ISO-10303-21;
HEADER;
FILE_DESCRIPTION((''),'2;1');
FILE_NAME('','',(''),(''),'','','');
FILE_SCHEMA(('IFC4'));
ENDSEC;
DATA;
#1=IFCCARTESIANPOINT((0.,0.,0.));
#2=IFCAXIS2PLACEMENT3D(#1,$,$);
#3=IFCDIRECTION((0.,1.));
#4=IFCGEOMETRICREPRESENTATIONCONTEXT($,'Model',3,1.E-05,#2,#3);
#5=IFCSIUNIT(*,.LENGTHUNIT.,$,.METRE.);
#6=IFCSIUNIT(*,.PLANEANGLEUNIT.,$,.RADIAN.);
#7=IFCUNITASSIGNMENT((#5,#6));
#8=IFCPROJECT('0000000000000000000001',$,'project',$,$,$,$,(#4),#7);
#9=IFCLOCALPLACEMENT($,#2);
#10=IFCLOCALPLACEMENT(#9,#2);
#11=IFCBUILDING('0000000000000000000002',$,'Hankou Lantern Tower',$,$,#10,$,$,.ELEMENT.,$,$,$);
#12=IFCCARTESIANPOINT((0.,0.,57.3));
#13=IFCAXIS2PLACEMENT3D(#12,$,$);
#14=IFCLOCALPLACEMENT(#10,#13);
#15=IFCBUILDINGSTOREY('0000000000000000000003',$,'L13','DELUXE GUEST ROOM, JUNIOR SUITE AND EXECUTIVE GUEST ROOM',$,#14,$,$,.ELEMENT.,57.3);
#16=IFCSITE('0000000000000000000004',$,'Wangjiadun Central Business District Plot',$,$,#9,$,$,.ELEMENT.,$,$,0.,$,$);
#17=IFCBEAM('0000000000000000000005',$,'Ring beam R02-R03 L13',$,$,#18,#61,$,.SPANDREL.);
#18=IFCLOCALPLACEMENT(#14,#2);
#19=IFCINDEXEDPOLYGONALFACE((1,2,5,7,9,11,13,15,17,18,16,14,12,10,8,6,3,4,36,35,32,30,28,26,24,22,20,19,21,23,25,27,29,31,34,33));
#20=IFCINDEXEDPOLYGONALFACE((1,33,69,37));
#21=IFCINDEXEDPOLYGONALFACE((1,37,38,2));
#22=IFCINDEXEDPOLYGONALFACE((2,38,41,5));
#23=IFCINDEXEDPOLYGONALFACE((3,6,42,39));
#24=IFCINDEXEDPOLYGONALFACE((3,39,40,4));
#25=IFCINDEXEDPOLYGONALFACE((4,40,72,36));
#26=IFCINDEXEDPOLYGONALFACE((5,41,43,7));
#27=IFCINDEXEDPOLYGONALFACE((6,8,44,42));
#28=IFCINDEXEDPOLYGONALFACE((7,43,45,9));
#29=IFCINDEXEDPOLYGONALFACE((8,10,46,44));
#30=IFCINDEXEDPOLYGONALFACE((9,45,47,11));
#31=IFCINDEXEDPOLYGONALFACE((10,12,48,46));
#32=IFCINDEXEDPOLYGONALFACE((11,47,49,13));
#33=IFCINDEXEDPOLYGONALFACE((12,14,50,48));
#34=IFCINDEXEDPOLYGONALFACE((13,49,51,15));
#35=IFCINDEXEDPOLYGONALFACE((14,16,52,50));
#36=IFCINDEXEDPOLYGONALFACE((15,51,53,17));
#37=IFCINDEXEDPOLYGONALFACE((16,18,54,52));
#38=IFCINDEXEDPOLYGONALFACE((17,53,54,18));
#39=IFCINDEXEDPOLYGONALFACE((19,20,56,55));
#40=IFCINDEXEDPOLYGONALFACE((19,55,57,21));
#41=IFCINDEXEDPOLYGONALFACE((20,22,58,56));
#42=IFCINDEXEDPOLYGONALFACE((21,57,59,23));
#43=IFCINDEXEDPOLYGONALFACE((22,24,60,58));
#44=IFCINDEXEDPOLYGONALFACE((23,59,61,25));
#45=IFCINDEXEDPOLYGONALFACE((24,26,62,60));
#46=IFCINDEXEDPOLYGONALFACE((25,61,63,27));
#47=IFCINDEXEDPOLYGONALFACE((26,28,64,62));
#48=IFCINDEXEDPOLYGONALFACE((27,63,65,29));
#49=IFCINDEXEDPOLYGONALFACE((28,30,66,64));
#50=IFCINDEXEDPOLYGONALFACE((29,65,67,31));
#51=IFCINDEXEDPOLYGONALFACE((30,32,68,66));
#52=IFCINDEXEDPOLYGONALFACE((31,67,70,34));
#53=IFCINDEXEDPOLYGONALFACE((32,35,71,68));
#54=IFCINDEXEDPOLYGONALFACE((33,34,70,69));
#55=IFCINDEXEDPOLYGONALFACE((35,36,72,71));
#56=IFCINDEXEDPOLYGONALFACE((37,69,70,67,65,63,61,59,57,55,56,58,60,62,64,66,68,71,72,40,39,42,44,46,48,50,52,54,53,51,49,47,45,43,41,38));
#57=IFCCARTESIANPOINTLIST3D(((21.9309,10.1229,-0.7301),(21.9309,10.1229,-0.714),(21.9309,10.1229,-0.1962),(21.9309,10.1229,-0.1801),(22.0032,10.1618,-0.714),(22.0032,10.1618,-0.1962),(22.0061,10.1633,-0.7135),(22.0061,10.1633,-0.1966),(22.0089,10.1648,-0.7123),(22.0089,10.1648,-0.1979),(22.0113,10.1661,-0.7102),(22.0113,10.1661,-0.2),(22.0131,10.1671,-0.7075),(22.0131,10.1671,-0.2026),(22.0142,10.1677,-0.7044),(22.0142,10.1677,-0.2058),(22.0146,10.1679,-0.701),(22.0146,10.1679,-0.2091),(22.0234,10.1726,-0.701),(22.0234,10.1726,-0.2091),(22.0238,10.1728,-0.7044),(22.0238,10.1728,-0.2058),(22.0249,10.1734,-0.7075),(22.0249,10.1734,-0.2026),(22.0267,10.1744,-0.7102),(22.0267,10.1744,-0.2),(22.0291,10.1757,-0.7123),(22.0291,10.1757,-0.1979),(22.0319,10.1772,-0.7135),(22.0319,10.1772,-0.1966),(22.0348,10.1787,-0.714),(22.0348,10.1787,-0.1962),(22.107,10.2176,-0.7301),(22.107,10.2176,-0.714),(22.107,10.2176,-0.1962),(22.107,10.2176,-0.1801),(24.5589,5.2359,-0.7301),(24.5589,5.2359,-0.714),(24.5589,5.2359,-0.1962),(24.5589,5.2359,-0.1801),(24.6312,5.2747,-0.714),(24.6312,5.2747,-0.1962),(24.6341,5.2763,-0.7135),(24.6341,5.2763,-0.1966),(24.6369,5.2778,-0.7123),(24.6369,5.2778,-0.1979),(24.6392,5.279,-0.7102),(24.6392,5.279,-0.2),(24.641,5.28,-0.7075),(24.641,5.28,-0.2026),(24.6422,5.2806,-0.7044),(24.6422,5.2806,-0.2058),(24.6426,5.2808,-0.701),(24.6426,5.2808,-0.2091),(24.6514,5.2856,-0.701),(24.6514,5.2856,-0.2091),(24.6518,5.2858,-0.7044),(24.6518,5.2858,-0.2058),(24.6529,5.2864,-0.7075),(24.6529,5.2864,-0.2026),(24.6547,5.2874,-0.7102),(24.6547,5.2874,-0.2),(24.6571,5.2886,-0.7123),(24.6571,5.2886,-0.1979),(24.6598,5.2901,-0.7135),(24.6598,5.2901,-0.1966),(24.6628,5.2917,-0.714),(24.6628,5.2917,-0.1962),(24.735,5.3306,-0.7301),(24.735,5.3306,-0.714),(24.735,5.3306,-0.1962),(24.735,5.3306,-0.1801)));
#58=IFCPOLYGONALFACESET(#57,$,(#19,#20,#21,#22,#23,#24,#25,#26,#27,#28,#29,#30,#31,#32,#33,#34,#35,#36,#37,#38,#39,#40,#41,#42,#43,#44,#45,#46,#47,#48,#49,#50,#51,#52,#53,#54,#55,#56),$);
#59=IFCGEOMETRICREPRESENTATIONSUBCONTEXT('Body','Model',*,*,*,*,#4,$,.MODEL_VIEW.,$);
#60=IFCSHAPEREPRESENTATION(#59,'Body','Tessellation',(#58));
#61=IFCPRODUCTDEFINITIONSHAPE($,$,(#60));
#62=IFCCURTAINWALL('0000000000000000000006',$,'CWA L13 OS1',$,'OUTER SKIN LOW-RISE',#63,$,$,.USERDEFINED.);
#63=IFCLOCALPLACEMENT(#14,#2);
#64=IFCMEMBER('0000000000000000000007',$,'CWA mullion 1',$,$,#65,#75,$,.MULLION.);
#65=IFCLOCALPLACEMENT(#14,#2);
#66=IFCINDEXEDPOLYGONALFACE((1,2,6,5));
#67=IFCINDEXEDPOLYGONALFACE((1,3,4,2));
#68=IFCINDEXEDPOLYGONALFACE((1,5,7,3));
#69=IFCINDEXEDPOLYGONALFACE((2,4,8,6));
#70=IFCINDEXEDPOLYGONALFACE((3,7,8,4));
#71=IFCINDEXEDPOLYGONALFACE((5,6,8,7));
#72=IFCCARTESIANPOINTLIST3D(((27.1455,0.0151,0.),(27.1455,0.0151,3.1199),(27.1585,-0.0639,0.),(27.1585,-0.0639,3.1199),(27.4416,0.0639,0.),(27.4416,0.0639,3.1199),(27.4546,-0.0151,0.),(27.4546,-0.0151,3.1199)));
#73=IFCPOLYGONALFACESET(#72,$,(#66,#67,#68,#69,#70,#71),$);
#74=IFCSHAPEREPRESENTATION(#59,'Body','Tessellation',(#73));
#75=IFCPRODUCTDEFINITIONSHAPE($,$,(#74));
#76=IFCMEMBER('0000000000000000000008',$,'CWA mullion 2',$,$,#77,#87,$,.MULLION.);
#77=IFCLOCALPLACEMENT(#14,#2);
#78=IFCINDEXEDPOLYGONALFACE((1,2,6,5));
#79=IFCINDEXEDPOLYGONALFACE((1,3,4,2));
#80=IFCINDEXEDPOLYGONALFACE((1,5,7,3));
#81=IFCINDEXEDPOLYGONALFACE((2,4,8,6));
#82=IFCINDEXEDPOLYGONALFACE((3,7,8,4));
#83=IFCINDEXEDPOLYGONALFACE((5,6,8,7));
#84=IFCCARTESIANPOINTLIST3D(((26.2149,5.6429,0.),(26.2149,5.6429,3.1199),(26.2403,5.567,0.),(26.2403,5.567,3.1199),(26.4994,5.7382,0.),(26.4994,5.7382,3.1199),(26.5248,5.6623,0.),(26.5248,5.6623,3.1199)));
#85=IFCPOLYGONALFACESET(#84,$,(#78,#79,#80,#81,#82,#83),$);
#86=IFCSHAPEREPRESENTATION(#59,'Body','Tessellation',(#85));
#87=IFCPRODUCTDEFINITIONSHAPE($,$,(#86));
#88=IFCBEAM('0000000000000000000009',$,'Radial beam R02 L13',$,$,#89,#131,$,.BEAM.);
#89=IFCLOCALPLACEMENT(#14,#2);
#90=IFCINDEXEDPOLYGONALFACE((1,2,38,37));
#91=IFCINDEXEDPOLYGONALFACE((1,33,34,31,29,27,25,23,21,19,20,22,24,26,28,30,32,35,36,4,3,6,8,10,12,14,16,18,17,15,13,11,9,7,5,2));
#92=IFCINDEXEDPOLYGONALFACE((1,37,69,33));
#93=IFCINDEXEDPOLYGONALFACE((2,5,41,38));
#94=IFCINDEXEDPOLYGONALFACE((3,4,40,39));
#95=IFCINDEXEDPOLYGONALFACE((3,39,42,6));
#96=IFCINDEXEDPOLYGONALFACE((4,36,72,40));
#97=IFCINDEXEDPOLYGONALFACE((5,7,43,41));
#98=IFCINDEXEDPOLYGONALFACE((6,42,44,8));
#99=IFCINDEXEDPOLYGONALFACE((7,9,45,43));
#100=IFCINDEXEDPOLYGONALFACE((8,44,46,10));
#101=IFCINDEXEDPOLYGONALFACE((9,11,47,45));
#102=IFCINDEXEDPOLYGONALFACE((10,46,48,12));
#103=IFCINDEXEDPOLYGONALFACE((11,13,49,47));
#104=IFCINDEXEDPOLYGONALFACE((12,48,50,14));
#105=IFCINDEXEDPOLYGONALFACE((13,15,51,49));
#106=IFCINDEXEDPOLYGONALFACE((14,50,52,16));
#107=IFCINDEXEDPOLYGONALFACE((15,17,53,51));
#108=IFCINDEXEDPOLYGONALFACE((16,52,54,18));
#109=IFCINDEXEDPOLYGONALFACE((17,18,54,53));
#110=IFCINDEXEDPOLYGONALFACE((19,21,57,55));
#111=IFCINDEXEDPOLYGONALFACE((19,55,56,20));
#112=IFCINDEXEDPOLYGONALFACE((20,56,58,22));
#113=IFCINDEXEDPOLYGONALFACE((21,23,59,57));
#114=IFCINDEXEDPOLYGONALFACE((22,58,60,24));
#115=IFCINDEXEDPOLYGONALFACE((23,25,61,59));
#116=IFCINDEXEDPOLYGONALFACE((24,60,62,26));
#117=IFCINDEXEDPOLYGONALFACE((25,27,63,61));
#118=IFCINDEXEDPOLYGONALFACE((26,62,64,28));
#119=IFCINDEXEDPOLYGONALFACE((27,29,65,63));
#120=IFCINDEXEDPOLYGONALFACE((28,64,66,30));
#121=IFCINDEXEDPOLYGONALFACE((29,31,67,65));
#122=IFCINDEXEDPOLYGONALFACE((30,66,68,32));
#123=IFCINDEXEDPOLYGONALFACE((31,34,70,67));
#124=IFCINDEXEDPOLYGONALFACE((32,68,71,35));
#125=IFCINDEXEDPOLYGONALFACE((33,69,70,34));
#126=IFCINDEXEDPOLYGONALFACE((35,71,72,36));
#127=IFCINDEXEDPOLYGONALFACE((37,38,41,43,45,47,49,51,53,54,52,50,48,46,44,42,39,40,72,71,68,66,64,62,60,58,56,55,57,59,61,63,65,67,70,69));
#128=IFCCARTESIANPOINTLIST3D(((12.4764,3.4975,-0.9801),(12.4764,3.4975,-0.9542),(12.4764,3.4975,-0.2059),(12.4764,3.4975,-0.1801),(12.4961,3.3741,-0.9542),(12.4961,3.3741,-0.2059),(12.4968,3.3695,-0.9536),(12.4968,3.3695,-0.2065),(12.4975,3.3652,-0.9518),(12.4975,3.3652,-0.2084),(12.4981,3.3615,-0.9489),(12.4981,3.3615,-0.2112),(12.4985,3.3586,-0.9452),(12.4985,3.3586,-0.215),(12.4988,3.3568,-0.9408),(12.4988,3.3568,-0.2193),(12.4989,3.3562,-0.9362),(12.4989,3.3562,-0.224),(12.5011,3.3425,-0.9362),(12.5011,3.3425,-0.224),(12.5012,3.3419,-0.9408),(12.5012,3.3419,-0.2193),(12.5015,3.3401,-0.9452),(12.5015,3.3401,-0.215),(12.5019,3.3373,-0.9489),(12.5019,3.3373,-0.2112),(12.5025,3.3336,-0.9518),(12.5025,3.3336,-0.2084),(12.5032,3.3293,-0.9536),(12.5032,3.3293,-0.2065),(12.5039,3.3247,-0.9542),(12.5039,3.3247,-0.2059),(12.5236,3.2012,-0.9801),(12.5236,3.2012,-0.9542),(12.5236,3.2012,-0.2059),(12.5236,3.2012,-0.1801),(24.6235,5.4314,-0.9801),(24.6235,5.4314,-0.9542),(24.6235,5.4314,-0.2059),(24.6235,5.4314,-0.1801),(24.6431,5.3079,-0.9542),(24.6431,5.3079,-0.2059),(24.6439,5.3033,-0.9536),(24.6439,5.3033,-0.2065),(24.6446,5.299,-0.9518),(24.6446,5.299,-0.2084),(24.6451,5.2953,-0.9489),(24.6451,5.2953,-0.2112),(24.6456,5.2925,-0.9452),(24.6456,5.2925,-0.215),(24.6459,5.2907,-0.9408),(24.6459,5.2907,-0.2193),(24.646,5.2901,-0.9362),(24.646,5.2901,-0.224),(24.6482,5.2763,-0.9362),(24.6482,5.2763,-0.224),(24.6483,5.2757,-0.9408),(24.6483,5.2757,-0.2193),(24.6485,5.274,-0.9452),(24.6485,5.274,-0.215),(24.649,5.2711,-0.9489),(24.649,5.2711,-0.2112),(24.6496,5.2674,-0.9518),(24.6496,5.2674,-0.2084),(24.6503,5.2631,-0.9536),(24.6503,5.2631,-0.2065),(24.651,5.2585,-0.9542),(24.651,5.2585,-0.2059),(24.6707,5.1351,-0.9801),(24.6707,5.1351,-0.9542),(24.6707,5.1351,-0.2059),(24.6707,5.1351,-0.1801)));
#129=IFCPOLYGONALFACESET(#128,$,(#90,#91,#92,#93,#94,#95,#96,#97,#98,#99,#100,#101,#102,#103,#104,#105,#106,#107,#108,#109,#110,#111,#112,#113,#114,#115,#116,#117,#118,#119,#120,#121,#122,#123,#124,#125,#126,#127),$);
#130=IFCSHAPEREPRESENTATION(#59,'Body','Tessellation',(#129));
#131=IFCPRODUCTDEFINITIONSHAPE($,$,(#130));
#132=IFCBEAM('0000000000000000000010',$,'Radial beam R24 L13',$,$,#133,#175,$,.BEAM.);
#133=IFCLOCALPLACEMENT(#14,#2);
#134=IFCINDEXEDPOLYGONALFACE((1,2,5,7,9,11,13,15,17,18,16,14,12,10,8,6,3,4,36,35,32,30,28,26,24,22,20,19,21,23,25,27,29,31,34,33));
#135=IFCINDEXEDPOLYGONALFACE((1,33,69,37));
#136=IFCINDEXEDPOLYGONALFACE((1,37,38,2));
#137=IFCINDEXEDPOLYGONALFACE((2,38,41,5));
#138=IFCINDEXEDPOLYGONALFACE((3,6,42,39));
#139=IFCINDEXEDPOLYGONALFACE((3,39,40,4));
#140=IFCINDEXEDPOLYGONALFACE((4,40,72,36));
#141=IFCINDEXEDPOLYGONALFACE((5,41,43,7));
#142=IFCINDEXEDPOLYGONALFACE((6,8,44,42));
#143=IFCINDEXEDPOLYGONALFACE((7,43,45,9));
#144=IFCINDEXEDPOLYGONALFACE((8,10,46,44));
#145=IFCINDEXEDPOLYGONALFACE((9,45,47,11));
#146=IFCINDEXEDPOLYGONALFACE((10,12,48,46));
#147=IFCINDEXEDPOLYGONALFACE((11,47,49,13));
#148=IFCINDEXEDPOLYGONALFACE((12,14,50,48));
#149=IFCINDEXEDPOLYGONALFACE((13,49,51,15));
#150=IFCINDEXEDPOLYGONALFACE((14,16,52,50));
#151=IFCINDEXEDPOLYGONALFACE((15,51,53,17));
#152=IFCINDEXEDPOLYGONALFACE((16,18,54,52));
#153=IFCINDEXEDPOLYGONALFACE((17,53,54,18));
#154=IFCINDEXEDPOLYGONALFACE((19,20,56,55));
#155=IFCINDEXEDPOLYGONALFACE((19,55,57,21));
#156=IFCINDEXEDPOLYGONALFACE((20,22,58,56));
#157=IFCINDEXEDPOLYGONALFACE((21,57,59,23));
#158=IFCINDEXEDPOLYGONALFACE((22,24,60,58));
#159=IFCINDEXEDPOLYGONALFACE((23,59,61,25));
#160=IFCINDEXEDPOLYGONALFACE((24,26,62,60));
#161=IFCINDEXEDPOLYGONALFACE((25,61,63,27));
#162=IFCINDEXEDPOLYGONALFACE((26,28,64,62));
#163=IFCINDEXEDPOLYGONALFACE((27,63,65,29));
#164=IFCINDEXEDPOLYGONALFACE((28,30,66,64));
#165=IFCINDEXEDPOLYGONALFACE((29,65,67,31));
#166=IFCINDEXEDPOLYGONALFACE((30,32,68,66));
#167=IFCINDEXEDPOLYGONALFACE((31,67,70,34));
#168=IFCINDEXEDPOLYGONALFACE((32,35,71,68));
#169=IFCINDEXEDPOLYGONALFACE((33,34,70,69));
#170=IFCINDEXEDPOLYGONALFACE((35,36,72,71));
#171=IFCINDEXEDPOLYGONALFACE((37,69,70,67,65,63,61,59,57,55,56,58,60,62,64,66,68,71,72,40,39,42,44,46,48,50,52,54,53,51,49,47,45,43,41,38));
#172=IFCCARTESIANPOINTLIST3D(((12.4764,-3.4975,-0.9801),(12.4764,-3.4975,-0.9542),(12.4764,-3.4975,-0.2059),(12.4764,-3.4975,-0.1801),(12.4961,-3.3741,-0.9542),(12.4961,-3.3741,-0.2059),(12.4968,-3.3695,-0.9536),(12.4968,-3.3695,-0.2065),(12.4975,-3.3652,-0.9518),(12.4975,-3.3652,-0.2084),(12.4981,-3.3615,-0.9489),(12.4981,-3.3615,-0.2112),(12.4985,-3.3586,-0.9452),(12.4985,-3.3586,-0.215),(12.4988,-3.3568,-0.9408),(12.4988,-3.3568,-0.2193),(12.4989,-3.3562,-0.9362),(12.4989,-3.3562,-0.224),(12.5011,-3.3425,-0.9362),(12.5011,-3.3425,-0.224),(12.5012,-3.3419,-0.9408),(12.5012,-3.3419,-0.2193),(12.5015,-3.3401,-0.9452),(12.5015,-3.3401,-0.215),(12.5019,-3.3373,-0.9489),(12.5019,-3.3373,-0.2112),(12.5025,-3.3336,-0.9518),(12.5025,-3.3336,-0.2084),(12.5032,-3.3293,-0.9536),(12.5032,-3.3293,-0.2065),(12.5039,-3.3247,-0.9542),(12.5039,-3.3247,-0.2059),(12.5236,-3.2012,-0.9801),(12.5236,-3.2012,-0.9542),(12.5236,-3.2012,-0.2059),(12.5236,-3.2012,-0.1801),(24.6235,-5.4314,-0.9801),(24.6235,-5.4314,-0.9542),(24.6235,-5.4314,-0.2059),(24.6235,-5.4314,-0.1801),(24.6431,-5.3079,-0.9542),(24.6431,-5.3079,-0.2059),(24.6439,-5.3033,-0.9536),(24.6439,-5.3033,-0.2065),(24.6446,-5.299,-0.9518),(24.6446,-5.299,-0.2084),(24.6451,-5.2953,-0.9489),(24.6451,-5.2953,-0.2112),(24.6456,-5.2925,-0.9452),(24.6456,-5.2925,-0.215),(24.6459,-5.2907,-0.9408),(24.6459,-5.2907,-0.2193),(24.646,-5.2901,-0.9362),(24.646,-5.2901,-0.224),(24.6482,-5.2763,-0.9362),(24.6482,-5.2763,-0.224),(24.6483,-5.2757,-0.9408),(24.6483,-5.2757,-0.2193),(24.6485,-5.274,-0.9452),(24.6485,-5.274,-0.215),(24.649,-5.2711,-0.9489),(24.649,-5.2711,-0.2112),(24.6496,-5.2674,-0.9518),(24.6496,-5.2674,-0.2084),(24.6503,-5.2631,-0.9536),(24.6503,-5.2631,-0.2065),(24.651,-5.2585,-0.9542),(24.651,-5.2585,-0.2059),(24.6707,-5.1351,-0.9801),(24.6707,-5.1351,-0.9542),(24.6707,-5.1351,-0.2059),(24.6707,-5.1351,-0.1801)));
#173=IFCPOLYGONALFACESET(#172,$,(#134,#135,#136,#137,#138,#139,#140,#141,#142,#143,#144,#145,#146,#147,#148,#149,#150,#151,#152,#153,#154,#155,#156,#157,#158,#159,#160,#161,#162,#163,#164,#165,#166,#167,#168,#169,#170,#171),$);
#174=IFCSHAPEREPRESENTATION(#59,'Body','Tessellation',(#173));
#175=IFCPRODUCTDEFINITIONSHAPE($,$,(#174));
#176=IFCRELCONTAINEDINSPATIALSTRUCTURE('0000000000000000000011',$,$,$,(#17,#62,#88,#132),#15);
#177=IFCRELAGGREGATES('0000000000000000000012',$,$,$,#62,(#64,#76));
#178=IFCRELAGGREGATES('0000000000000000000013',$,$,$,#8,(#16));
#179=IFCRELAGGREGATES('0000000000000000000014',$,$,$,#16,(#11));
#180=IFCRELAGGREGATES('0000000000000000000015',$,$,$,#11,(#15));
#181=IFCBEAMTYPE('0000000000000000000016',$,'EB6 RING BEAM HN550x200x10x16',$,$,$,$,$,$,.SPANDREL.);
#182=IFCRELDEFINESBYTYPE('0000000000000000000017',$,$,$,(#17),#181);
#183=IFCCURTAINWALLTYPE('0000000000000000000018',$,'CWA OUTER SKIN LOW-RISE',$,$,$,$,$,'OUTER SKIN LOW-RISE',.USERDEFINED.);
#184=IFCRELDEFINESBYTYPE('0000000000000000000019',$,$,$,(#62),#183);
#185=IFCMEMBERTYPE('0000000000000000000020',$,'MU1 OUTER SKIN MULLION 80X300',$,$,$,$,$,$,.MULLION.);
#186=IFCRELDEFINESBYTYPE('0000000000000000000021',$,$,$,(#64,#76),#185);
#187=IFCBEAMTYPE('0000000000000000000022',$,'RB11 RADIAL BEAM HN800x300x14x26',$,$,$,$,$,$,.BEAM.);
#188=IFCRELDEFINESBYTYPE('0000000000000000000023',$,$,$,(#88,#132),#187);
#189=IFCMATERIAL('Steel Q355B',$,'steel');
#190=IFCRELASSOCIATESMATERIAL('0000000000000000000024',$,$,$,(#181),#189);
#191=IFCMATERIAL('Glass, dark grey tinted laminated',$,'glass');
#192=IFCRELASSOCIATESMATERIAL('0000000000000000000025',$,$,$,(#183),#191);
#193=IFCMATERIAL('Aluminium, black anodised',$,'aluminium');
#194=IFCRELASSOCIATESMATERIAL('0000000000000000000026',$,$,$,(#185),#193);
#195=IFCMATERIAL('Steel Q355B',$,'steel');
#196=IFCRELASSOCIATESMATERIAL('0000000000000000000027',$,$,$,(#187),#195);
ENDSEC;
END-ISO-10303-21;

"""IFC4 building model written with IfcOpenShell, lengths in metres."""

from ifc_helpers import new_model, si_unit, direction, frame, origin, origin_2d, place, context, subcontext, project, spatial, rectangle, i_section, extrude, material, material_profile, profile_set, type_object, element, aggregate, save


model = new_model("IFC4")

# Units and contexts
model_context = context("Model", 3, precision=1e-05, world=origin(), true_north=direction((0.0, 1.0)))
body_context = subcontext(model_context, "Body", "Model", "MODEL_VIEW")
ifc_project = project(units=[si_unit("LENGTHUNIT", "METRE"), si_unit("PLANEANGLEUNIT", "RADIAN")], contexts=[model_context])

# Site, building, storey
site_placement = place(None, origin())
site = spatial("IfcSite", under=ifc_project, at=site_placement, Name="Wangjiadun Central Business District Plot", CompositionType="ELEMENT", RefElevation=0.0)
building_placement = place(site_placement, origin())
building = spatial("IfcBuilding", under=site, at=building_placement, Name="Hankou Lantern Tower", CompositionType="ELEMENT")
storey_placement = place(building_placement, frame((0.0, 0.0, 57.3)))
storey = spatial("IfcBuildingStorey", under=building, at=storey_placement, Name="L13", Description="DELUXE GUEST ROOM, JUNIOR SUITE AND EXECUTIVE GUEST ROOM", CompositionType="ELEMENT", Elevation=57.3)

# Beam
ifc_material_1 = material(Name="Steel Q355B", Category="steel")
ifc_material_profile_1 = material_profile(ifc_material_1, i_section(OverallWidth=0.2, OverallDepth=0.55, WebThickness=0.01, FlangeThickness=0.0161, FilletRadius=0.0129, at=origin_2d()), Name="HN550x200x10x16")
ifc_profile_set_1 = profile_set([ifc_material_profile_1], Name="Steel Q355B")
beam_type_1 = type_object("IfcBeamType", Name="EB6 RING BEAM HN550x200x10x16", PredefinedType="SPANDREL", material=ifc_profile_set_1)
beam_1_placement = place(storey_placement, frame((24.647, 5.2832, -0.4551), z_axis=(-0.473609, 0.880735, 0.0), x_axis=(-0.880735, -0.473609, 0.0)))
element("IfcBeam", 1, at=beam_1_placement, inside=storey, type_object=beam_type_1, Name="Ring beam R02-R03 L13", PredefinedType="SPANDREL", context=body_context, shape_type="SweptSolid", body=[
    extrude(i_section(OverallWidth=0.2, OverallDepth=0.55, WebThickness=0.01, FlangeThickness=0.0161, FilletRadius=0.0129, at=origin_2d()), origin(), (0.0, 0.0, 1.0), 5.5488),
])

# Curtain wall, members
ifc_material_2 = material(Name="Glass, dark grey tinted laminated", Category="glass")
curtain_wall_type = type_object("IfcCurtainWallType", Name="CWA OUTER SKIN LOW-RISE", ElementType="OUTER SKIN LOW-RISE", PredefinedType="USERDEFINED", material=ifc_material_2)
curtain_wall_1_placement = place(storey_placement, origin())
curtain_wall_1 = element("IfcCurtainWall", 2, at=curtain_wall_1_placement, inside=storey, type_object=curtain_wall_type, Name="CWA L13 OS1", ObjectType="OUTER SKIN LOW-RISE", PredefinedType="USERDEFINED")
ifc_material_3 = material(Name="Aluminium, black anodised", Category="aluminium")
ifc_material_profile_2 = material_profile(ifc_material_3, rectangle(XDim=0.0801, YDim=0.3, at=origin_2d()), Name="MU1 80X300")
ifc_profile_set_2 = profile_set([ifc_material_profile_2], Name="Aluminium, black anodised")
member_type_1 = type_object("IfcMemberType", Name="MU1 OUTER SKIN MULLION 80X300", PredefinedType="MULLION", material=ifc_profile_set_2)
member_1_placement = place(storey_placement, frame((27.3, 0.0, 0.0), z_axis=(0.0, 0.0, 1.0), x_axis=(-0.162382, 0.986728, 0.0)))
member_1 = element("IfcMember", 3, at=member_1_placement, type_object=member_type_1, Name="CWA mullion 1", PredefinedType="MULLION", context=body_context, shape_type="SweptSolid", body=[
    extrude(rectangle(XDim=0.0801, YDim=0.3, at=origin_2d()), origin(), (0.0, 0.0, 1.0), 3.1199),
])
member_2_placement = place(storey_placement, frame((26.3699, 5.6526, 0.0), z_axis=(0.0, 0.0, 1.0), x_axis=(-0.317596, 0.948226, 0.0)))
member_2 = element("IfcMember", 4, at=member_2_placement, type_object=member_type_1, Name="CWA mullion 2", PredefinedType="MULLION", context=body_context, shape_type="SweptSolid", body=[
    extrude(rectangle(XDim=0.0801, YDim=0.3, at=origin_2d()), origin(), (0.0, 0.0, 1.0), 3.1199),
])

# Beams
ifc_material_4 = material(Name="Steel Q355B", Category="steel")
ifc_material_profile_3 = material_profile(ifc_material_4, i_section(OverallWidth=0.3, OverallDepth=0.8, WebThickness=0.0139, FlangeThickness=0.0259, FilletRadius=0.0181, at=origin_2d()), Name="HN800x300x14x26")
ifc_profile_set_3 = profile_set([ifc_material_profile_3], Name="Steel Q355B")
beam_type_2 = type_object("IfcBeamType", Name="RB11 RADIAL BEAM HN800x300x14x26", PredefinedType="BEAM", material=ifc_profile_set_3)
for number, where, z_axis, x_axis, name in (
    (5, (12.5, 3.3494, -0.5801), (0.987563, 0.157223, 0.0), (-0.157223, 0.987563, 0.0), "Radial beam R02 L13"),
    (6, (12.5, -3.3494, -0.5801), (0.987563, -0.157223, 0.0), (0.157223, 0.987563, 0.0), "Radial beam R24 L13"),
):
    element("IfcBeam", number, at=place(storey_placement, frame(where, z_axis=z_axis, x_axis=x_axis)), inside=storey, type_object=beam_type_2, Name=name, PredefinedType="BEAM", context=body_context, shape_type="SweptSolid", body=[
        extrude(i_section(OverallWidth=0.3, OverallDepth=0.8, WebThickness=0.0139, FlangeThickness=0.0259, FilletRadius=0.0181, at=origin_2d()), origin(), (0.0, 0.0, 1.0), 12.3),
    ])

aggregate(curtain_wall_1, [member_1, member_2])

save(model, "model.ifc")
